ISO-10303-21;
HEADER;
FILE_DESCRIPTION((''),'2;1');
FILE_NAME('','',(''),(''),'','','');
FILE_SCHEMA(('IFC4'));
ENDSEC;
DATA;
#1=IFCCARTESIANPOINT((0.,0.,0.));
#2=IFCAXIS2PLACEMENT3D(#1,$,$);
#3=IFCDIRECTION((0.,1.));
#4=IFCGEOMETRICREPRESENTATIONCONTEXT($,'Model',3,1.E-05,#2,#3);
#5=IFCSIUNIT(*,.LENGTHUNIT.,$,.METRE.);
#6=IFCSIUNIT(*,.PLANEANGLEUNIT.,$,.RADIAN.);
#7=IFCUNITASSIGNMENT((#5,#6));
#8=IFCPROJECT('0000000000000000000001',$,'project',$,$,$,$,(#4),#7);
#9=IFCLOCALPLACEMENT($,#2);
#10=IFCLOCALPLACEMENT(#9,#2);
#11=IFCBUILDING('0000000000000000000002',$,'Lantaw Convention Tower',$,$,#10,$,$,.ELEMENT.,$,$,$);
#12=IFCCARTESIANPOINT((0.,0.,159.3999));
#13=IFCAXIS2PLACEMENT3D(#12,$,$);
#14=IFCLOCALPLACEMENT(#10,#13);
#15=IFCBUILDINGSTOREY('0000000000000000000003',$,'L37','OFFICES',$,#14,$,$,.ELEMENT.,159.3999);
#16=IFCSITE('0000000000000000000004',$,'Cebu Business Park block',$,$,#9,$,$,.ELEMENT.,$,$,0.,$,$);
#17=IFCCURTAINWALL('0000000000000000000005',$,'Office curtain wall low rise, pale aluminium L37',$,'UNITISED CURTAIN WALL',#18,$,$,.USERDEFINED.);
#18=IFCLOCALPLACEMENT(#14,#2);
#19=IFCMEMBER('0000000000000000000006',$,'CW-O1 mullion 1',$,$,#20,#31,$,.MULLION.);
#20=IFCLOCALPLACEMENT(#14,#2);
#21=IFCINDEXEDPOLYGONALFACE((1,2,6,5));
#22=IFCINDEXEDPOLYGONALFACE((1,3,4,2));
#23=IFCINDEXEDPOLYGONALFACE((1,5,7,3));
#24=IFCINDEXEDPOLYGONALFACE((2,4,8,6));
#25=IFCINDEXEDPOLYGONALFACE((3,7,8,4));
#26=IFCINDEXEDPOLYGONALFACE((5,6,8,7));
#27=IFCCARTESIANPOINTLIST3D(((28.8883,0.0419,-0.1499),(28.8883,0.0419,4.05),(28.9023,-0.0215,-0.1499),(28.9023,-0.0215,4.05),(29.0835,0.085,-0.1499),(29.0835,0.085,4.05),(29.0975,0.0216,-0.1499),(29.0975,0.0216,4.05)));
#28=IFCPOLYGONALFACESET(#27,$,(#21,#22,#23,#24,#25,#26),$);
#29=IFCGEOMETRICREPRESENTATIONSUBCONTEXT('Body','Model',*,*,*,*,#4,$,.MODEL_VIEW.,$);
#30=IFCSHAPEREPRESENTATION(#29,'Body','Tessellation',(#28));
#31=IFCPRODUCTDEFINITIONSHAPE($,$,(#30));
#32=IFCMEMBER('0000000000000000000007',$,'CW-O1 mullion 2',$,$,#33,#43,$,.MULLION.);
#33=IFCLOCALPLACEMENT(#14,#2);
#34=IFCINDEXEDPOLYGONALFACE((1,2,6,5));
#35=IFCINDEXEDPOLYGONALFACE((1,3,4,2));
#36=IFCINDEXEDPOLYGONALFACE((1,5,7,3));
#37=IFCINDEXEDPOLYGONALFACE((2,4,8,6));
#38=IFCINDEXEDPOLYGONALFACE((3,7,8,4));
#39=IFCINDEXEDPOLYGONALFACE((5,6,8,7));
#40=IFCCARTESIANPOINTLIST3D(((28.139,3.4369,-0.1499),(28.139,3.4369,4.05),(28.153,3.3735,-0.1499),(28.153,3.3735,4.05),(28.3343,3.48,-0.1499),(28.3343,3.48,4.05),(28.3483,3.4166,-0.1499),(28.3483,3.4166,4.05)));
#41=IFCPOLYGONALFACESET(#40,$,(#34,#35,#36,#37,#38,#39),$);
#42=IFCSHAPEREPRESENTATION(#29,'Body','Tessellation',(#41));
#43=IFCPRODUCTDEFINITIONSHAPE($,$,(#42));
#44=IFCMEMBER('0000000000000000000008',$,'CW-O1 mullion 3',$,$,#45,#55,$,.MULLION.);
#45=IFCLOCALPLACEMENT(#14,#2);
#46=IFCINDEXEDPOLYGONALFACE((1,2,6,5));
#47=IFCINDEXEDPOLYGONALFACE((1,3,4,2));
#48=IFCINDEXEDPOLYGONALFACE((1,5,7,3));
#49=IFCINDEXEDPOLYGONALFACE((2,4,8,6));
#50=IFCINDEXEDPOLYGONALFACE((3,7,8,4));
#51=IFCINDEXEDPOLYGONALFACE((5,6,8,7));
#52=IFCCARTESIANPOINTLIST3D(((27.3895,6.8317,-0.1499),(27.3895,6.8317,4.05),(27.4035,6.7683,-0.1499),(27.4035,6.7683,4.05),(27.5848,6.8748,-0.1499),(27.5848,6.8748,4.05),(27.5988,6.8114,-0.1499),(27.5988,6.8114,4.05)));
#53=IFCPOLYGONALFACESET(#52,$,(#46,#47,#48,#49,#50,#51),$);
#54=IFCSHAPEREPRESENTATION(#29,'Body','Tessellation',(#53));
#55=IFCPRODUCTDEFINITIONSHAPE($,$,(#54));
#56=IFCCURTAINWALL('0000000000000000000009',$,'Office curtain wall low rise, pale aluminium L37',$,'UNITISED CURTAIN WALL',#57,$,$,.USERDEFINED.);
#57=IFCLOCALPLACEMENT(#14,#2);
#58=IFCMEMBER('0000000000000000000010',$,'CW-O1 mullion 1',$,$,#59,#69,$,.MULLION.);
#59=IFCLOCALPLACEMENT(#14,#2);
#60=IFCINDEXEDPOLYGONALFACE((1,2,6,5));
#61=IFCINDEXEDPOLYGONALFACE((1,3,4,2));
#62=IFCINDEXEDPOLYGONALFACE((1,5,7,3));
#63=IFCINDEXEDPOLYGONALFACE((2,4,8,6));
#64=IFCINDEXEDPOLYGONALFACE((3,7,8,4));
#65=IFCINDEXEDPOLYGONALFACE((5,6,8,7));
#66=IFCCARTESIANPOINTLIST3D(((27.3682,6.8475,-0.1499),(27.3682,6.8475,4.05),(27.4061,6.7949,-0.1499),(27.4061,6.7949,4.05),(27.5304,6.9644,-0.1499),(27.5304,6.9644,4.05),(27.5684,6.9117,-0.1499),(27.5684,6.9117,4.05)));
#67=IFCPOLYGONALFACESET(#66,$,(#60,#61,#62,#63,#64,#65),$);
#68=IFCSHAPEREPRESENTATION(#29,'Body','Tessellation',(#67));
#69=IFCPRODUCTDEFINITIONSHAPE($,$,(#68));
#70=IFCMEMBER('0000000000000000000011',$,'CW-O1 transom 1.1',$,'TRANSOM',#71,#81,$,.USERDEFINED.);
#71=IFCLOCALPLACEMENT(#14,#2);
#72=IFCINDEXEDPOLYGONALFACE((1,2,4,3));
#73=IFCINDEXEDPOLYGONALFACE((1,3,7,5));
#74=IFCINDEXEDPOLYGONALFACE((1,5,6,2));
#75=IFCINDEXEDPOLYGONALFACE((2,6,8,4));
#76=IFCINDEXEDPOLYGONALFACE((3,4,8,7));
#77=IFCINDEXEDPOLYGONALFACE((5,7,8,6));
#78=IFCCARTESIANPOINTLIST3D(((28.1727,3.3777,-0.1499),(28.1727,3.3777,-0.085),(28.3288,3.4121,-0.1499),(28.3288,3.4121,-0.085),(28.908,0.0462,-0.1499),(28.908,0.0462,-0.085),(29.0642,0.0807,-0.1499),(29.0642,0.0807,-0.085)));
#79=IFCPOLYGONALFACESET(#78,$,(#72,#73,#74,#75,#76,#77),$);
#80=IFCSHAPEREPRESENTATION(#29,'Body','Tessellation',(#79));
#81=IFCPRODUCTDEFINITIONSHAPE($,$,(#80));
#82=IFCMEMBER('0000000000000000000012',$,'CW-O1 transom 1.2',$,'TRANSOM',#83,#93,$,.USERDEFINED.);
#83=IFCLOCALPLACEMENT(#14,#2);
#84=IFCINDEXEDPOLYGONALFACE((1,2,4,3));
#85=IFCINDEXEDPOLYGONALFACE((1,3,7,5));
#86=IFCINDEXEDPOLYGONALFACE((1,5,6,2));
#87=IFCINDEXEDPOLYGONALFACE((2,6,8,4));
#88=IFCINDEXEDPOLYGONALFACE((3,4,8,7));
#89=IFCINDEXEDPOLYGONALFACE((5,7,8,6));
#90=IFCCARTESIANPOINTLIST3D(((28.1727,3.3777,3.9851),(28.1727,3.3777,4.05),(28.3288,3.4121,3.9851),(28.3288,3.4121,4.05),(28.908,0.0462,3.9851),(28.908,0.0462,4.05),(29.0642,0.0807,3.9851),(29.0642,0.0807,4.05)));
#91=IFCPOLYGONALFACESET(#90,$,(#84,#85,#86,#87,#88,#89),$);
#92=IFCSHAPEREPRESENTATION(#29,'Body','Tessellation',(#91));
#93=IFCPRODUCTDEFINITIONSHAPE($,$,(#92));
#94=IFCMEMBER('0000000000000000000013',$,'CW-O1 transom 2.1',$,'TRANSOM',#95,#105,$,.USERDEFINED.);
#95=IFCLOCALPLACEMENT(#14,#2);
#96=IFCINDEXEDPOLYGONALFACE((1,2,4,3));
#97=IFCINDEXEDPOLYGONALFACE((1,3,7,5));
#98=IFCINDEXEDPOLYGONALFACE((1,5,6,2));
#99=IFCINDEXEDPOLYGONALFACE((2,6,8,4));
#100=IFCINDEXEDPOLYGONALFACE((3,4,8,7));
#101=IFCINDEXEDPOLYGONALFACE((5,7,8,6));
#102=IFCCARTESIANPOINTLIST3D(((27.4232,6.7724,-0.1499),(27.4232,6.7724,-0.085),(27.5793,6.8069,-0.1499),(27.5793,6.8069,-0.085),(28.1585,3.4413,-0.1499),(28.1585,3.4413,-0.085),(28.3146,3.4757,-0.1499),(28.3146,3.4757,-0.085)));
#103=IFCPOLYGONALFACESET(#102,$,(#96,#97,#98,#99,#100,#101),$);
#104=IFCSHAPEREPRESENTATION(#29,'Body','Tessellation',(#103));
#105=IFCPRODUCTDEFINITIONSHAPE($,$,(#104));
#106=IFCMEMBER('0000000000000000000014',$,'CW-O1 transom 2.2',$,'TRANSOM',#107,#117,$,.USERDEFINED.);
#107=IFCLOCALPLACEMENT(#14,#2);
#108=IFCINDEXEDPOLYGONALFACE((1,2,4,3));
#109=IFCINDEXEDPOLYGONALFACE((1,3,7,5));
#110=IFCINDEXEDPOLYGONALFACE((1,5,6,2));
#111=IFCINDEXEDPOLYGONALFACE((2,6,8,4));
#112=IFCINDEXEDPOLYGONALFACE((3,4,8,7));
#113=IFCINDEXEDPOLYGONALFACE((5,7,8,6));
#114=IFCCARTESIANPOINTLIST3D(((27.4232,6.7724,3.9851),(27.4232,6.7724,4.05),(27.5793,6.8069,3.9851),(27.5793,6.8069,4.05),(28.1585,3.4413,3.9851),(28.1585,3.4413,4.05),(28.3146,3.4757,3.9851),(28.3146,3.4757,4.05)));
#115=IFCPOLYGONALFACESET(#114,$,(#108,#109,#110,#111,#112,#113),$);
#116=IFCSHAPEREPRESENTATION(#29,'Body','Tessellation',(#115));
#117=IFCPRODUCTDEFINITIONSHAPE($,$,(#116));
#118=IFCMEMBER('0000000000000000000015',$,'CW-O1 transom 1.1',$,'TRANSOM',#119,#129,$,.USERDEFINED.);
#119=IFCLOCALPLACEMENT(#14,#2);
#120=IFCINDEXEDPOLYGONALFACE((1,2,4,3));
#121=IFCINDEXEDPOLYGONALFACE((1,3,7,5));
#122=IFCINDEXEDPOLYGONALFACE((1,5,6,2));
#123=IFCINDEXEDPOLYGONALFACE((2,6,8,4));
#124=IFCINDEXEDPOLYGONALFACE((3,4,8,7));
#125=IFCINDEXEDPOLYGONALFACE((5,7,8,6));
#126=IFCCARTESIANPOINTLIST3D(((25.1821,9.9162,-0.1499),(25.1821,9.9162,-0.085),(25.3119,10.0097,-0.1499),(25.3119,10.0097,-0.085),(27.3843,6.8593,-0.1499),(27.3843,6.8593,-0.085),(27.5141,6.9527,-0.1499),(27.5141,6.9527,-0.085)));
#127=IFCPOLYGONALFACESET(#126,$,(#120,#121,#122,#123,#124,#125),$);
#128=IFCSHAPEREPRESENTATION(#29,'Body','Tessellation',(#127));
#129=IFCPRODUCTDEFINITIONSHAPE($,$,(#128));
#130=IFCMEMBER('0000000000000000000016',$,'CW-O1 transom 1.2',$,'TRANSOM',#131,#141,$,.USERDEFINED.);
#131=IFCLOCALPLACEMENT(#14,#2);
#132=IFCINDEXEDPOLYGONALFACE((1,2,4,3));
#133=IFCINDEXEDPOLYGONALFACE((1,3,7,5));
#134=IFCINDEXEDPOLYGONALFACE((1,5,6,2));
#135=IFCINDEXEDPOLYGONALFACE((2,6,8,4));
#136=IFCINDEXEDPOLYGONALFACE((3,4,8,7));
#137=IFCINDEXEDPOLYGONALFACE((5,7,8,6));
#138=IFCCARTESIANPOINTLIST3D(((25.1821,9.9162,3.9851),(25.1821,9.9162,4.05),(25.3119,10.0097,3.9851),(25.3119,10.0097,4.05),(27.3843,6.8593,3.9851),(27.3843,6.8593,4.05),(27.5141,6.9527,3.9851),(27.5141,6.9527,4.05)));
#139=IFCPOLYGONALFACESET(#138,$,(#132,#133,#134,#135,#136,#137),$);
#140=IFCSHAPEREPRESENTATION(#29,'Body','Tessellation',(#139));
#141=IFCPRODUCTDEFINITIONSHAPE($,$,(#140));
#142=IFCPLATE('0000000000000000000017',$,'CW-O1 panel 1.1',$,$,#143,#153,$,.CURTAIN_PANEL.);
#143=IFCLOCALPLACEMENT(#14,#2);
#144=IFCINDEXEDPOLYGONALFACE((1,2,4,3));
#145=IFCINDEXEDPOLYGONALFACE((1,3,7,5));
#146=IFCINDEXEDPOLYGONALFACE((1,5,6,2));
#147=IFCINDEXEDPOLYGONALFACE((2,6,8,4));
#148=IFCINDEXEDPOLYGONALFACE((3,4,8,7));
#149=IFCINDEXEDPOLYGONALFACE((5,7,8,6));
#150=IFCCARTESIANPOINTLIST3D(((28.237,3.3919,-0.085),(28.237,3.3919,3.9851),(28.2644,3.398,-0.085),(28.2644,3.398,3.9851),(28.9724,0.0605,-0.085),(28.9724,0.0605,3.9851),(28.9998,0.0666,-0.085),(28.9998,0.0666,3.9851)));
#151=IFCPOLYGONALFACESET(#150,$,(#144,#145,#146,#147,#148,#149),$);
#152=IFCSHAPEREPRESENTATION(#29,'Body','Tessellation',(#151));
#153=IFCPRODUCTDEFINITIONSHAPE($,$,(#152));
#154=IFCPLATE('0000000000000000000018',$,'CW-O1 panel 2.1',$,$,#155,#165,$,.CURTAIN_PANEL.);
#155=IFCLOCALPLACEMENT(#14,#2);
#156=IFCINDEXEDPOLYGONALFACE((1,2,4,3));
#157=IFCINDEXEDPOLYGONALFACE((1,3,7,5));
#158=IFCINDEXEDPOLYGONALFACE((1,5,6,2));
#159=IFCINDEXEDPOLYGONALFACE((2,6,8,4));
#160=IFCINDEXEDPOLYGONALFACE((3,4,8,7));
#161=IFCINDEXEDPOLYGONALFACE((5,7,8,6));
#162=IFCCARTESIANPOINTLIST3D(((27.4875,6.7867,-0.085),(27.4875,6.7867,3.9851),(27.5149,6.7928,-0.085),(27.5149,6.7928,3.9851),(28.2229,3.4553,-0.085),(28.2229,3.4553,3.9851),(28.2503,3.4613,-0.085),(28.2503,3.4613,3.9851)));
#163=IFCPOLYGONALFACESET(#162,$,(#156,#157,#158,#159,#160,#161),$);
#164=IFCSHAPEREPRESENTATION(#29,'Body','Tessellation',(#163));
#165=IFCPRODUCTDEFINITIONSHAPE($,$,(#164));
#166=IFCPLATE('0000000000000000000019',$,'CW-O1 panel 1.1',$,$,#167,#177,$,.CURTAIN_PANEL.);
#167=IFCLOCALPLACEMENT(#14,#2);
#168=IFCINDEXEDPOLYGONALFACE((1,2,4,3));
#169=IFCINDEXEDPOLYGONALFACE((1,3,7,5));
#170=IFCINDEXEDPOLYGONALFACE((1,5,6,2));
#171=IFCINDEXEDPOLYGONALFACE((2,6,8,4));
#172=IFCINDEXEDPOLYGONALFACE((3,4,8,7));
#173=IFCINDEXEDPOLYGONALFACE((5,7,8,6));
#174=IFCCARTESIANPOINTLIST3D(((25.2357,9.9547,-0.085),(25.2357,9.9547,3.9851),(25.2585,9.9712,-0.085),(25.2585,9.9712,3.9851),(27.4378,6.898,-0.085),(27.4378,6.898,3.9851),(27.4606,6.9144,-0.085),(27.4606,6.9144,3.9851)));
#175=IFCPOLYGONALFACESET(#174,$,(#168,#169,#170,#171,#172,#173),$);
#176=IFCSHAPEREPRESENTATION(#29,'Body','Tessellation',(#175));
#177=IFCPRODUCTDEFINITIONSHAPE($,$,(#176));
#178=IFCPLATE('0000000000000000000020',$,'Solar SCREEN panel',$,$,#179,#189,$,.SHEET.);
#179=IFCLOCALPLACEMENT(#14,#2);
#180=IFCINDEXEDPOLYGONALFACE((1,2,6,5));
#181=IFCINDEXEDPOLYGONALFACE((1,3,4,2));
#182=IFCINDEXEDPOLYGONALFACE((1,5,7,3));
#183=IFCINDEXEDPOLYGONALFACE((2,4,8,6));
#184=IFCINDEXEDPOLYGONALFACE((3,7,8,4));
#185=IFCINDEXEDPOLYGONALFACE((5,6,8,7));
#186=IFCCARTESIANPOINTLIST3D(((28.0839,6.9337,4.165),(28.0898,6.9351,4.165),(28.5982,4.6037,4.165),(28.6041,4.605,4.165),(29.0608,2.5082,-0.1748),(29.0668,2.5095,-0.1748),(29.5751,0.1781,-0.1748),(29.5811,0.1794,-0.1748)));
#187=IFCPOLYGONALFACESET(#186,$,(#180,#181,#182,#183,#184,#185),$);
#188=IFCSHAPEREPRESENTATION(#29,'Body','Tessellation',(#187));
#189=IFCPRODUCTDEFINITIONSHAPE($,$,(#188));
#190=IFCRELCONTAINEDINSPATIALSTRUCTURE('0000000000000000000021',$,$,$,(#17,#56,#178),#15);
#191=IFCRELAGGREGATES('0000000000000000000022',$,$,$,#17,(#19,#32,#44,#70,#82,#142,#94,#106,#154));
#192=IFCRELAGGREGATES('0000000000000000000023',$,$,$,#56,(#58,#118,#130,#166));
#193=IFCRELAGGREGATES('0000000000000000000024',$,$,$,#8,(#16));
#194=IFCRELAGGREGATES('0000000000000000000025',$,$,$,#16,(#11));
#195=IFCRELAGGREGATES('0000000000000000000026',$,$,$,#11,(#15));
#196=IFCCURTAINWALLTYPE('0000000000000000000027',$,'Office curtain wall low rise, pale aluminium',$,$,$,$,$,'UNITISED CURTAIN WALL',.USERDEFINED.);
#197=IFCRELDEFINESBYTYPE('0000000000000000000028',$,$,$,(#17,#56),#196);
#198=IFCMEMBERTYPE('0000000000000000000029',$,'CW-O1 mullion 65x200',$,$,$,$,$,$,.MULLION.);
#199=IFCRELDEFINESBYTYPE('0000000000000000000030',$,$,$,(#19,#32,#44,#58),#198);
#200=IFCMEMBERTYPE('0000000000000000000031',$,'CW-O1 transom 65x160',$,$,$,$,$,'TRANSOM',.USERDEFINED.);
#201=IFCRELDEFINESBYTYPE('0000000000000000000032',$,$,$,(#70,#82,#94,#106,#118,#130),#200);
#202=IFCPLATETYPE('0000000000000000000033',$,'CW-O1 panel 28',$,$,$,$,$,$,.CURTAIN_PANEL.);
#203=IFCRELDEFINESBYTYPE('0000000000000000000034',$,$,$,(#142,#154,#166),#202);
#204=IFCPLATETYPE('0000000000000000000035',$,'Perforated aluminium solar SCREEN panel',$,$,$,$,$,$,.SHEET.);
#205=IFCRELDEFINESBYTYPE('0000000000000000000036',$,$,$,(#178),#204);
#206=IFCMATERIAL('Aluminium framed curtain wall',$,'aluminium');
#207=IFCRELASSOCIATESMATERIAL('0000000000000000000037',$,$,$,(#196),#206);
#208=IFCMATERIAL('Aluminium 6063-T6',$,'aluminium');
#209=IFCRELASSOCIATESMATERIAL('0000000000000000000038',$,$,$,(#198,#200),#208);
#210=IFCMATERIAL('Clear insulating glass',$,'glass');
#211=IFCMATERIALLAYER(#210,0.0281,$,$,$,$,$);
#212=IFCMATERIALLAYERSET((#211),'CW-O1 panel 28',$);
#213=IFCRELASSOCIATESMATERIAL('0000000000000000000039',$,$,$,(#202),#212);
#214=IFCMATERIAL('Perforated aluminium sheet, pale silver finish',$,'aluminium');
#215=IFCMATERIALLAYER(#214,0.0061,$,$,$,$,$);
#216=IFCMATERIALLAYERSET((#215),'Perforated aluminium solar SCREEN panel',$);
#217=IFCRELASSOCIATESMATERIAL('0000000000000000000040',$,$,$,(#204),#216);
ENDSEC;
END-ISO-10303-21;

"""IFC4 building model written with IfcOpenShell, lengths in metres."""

from ifc_helpers import new_model, si_unit, direction, frame, origin, origin_2d, place, context, subcontext, project, spatial, polyline, rectangle, outline, extrude, material, layer, layer_set, material_profile, profile_set, type_object, element, aggregate, save


model = new_model("IFC4")

# Units and contexts
model_context = context("Model", 3, precision=1e-05, world=origin(), true_north=direction((0.0, 1.0)))
body_context = subcontext(model_context, "Body", "Model", "MODEL_VIEW")
ifc_project = project(units=[si_unit("LENGTHUNIT", "METRE"), si_unit("PLANEANGLEUNIT", "RADIAN")], contexts=[model_context])

# Site, building, storey
site_placement = place(None, origin())
site = spatial("IfcSite", under=ifc_project, at=site_placement, Name="Cebu Business Park block", CompositionType="ELEMENT", RefElevation=0.0)
building_placement = place(site_placement, origin())
building = spatial("IfcBuilding", under=site, at=building_placement, Name="Lantaw Convention Tower", CompositionType="ELEMENT")
storey_placement = place(building_placement, frame((0.0, 0.0, 159.3999)))
storey = spatial("IfcBuildingStorey", under=building, at=storey_placement, Name="L37", Description="OFFICES", CompositionType="ELEMENT", Elevation=159.3999)

# Curtain wall, members
ifc_material_1 = material(Name="Aluminium framed curtain wall", Category="aluminium")
curtain_wall_type = type_object("IfcCurtainWallType", Name="Office curtain wall low rise, pale aluminium", ElementType="UNITISED CURTAIN WALL", PredefinedType="USERDEFINED", material=ifc_material_1)
curtain_wall_1_placement = place(storey_placement, origin())
curtain_wall_1 = element("IfcCurtainWall", 1, at=curtain_wall_1_placement, inside=storey, type_object=curtain_wall_type, Name="Office curtain wall low rise, pale aluminium L37", ObjectType="UNITISED CURTAIN WALL", PredefinedType="USERDEFINED")
ifc_material_2 = material(Name="Aluminium 6063-T6", Category="aluminium")
ifc_material_profile_1 = material_profile(ifc_material_2, rectangle(XDim=0.2, YDim=0.0649, at=origin_2d()), Name="CW-O1 mullion 65x200")
ifc_profile_set_1 = profile_set([ifc_material_profile_1], Name="Aluminium 6063-T6")
member_type_1 = type_object("IfcMemberType", Name="CW-O1 mullion 65x200", PredefinedType="MULLION", material=ifc_profile_set_1)
member_1_placement = place(storey_placement, frame((28.9929, 0.0317, -0.1499), z_axis=(0.0, 0.0, 1.0), x_axis=(-0.976494, -0.215546, 0.0)))
member_1 = element("IfcMember", 2, at=member_1_placement, type_object=member_type_1, Name="CW-O1 mullion 1", PredefinedType="MULLION", context=body_context, shape_type="SweptSolid", body=[
    extrude(rectangle(XDim=0.2, YDim=0.0649, at=origin_2d()), origin(), (0.0, 0.0, 1.0), 4.2),
])
member_2_placement = place(storey_placement, frame((28.2437, 3.4268, -0.1499), z_axis=(0.0, 0.0, 1.0), x_axis=(-0.976494, -0.215546, 0.0)))
member_2 = element("IfcMember", 3, at=member_2_placement, type_object=member_type_1, Name="CW-O1 mullion 2", PredefinedType="MULLION", context=body_context, shape_type="SweptSolid", body=[
    extrude(rectangle(XDim=0.2, YDim=0.0649, at=origin_2d()), origin(), (0.0, 0.0, 1.0), 4.2),
])
member_3_placement = place(storey_placement, frame((27.4941, 6.8215, -0.1499), z_axis=(0.0, 0.0, 1.0), x_axis=(-0.976494, -0.215546, 0.0)))
member_3 = element("IfcMember", 4, at=member_3_placement, type_object=member_type_1, Name="CW-O1 mullion 3", PredefinedType="MULLION", context=body_context, shape_type="SweptSolid", body=[
    extrude(rectangle(XDim=0.2, YDim=0.0649, at=origin_2d()), origin(), (0.0, 0.0, 1.0), 4.2),
])

# Curtain wall, member
curtain_wall_2_placement = place(storey_placement, origin())
curtain_wall_2 = element("IfcCurtainWall", 5, at=curtain_wall_2_placement, inside=storey, type_object=curtain_wall_type, Name="Office curtain wall low rise, pale aluminium L37", ObjectType="UNITISED CURTAIN WALL", PredefinedType="USERDEFINED")
member_4_placement = place(storey_placement, frame((27.4683, 6.8796, -0.1499), z_axis=(0.0, 0.0, 1.0), x_axis=(-0.811385, -0.584513, 0.0)))
member_4 = element("IfcMember", 6, at=member_4_placement, type_object=member_type_1, Name="CW-O1 mullion 1", PredefinedType="MULLION", context=body_context, shape_type="SweptSolid", body=[
    extrude(rectangle(XDim=0.2, YDim=0.0649, at=origin_2d()), origin(), (0.0, 0.0, 1.0), 4.2),
])

# Members
ifc_material_profile_2 = material_profile(ifc_material_2, rectangle(XDim=0.1599, YDim=0.0649, at=origin_2d()), Name="CW-O1 transom 65x160")
ifc_profile_set_2 = profile_set([ifc_material_profile_2], Name="Aluminium 6063-T6")
member_type_2 = type_object("IfcMemberType", Name="CW-O1 transom 65x160", ElementType="TRANSOM", PredefinedType="USERDEFINED", material=ifc_profile_set_2)
member_5_placement = place(storey_placement, frame((28.9861, 0.0635, -0.1174), z_axis=(-0.215536, 0.976496, 0.0), x_axis=(-0.976496, -0.215536, 0.0)))
member_5 = element("IfcMember", 7, at=member_5_placement, type_object=member_type_2, Name="CW-O1 transom 1.1", ObjectType="TRANSOM", PredefinedType="USERDEFINED", context=body_context, shape_type="SweptSolid", body=[
    extrude(rectangle(XDim=0.1599, YDim=0.0649, at=origin_2d()), origin(), (0.0, 0.0, 1.0), 3.4116),
])
member_6_placement = place(storey_placement, frame((28.9861, 0.0635, 4.0176), z_axis=(-0.215536, 0.976496, 0.0), x_axis=(-0.976496, -0.215536, 0.0)))
member_6 = element("IfcMember", 8, at=member_6_placement, type_object=member_type_2, Name="CW-O1 transom 1.2", ObjectType="TRANSOM", PredefinedType="USERDEFINED", context=body_context, shape_type="SweptSolid", body=[
    extrude(rectangle(XDim=0.1599, YDim=0.0649, at=origin_2d()), origin(), (0.0, 0.0, 1.0), 3.4116),
])
member_7_placement = place(storey_placement, frame((28.2366, 3.4585, -0.1174), z_axis=(-0.215551, 0.976493, 0.0), x_axis=(-0.976493, -0.215551, 0.0)))
member_7 = element("IfcMember", 9, at=member_7_placement, type_object=member_type_2, Name="CW-O1 transom 2.1", ObjectType="TRANSOM", PredefinedType="USERDEFINED", context=body_context, shape_type="SweptSolid", body=[
    extrude(rectangle(XDim=0.1599, YDim=0.0649, at=origin_2d()), origin(), (0.0, 0.0, 1.0), 3.4114),
])
member_8_placement = place(storey_placement, frame((28.2366, 3.4585, 4.0176), z_axis=(-0.215551, 0.976493, 0.0), x_axis=(-0.976493, -0.215551, 0.0)))
member_8 = element("IfcMember", 10, at=member_8_placement, type_object=member_type_2, Name="CW-O1 transom 2.2", ObjectType="TRANSOM", PredefinedType="USERDEFINED", context=body_context, shape_type="SweptSolid", body=[
    extrude(rectangle(XDim=0.1599, YDim=0.0649, at=origin_2d()), origin(), (0.0, 0.0, 1.0), 3.4114),
])
member_9_placement = place(storey_placement, frame((27.4492, 6.906, -0.1174), z_axis=(-0.584513, 0.811384, 0.0), x_axis=(-0.811384, -0.584513, 0.0)))
member_9 = element("IfcMember", 11, at=member_9_placement, type_object=member_type_2, Name="CW-O1 transom 1.1", ObjectType="TRANSOM", PredefinedType="USERDEFINED", context=body_context, shape_type="SweptSolid", body=[
    extrude(rectangle(XDim=0.1599, YDim=0.0649, at=origin_2d()), origin(), (0.0, 0.0, 1.0), 3.7676),
])
member_10_placement = place(storey_placement, frame((27.4492, 6.906, 4.0176), z_axis=(-0.584513, 0.811384, 0.0), x_axis=(-0.811384, -0.584513, 0.0)))
member_10 = element("IfcMember", 12, at=member_10_placement, type_object=member_type_2, Name="CW-O1 transom 1.2", ObjectType="TRANSOM", PredefinedType="USERDEFINED", context=body_context, shape_type="SweptSolid", body=[
    extrude(rectangle(XDim=0.1599, YDim=0.0649, at=origin_2d()), origin(), (0.0, 0.0, 1.0), 3.7676),
])

# Plates
ifc_material_3 = material(Name="Clear insulating glass", Category="glass")
ifc_layer_1 = layer(ifc_material_3, 0.0281)
ifc_layer_set_1 = layer_set([ifc_layer_1], Name="CW-O1 panel 28")
plate_type_1 = type_object("IfcPlateType", Name="CW-O1 panel 28", PredefinedType="CURTAIN_PANEL", material=ifc_layer_set_1)
plate_1_placement = place(storey_placement, frame((28.6184, 1.7292, -0.085), z_axis=(0.0, 0.0, 1.0), x_axis=(-0.215546, 0.976494, 0.0)))
plate_1 = element("IfcPlate", 13, at=plate_1_placement, type_object=plate_type_1, Name="CW-O1 panel 1.1", PredefinedType="CURTAIN_PANEL", context=body_context, shape_type="SweptSolid", body=[
    extrude(rectangle(XDim=3.4116, YDim=0.0281, at=origin_2d()), origin(), (0.0, 0.0, 1.0), 4.0701),
])
plate_2_placement = place(storey_placement, frame((27.8689, 5.124, -0.085), z_axis=(0.0, 0.0, 1.0), x_axis=(-0.215546, 0.976494, 0.0)))
plate_2 = element("IfcPlate", 14, at=plate_2_placement, type_object=plate_type_1, Name="CW-O1 panel 2.1", PredefinedType="CURTAIN_PANEL", context=body_context, shape_type="SweptSolid", body=[
    extrude(rectangle(XDim=3.4116, YDim=0.0281, at=origin_2d()), origin(), (0.0, 0.0, 1.0), 4.0701),
])
aggregate(curtain_wall_1, [member_1, member_2, member_3, member_5, member_6, plate_1, member_7, member_8, plate_2])
plate_3_placement = place(storey_placement, frame((26.3481, 8.4346, -0.085), z_axis=(0.0, 0.0, 1.0), x_axis=(-0.584513, 0.811385, 0.0)))
plate_3 = element("IfcPlate", 15, at=plate_3_placement, type_object=plate_type_1, Name="CW-O1 panel 1.1", PredefinedType="CURTAIN_PANEL", context=body_context, shape_type="SweptSolid", body=[
    extrude(rectangle(XDim=3.7673, YDim=0.0281, at=origin_2d()), origin(), (0.0, 0.0, 1.0), 4.0701),
])
aggregate(curtain_wall_2, [member_4, member_9, member_10, plate_3])

# Plate
ifc_material_4 = material(Name="Perforated aluminium sheet, pale silver finish", Category="aluminium")
ifc_layer_2 = layer(ifc_material_4, 0.0061)
ifc_layer_set_2 = layer_set([ifc_layer_2], Name="Perforated aluminium solar SCREEN panel")
plate_type_2 = type_object("IfcPlateType", Name="Perforated aluminium solar SCREEN panel", PredefinedType="SHEET", material=ifc_layer_set_2)
plate_4_placement = place(storey_placement, frame((29.5811, 0.1794, -0.1748), z_axis=(0.976498, 0.215527, 0.000033), x_axis=(-0.215527, 0.976498, 0.0)))
element("IfcPlate", 16, at=plate_4_placement, inside=storey, type_object=plate_type_2, Name="Solar SCREEN panel", PredefinedType="SHEET", context=body_context, shape_type="SweptSolid", body=[
    extrude(outline(polyline([(0.0, 0.0), (2.3862, 0.0), (6.9182, 4.3398), (4.5321, 4.3398), (0.0, 0.0)])), origin(), (0.0, 0.0, -1.0), 0.0061),
])

save(model, "model.ifc")
